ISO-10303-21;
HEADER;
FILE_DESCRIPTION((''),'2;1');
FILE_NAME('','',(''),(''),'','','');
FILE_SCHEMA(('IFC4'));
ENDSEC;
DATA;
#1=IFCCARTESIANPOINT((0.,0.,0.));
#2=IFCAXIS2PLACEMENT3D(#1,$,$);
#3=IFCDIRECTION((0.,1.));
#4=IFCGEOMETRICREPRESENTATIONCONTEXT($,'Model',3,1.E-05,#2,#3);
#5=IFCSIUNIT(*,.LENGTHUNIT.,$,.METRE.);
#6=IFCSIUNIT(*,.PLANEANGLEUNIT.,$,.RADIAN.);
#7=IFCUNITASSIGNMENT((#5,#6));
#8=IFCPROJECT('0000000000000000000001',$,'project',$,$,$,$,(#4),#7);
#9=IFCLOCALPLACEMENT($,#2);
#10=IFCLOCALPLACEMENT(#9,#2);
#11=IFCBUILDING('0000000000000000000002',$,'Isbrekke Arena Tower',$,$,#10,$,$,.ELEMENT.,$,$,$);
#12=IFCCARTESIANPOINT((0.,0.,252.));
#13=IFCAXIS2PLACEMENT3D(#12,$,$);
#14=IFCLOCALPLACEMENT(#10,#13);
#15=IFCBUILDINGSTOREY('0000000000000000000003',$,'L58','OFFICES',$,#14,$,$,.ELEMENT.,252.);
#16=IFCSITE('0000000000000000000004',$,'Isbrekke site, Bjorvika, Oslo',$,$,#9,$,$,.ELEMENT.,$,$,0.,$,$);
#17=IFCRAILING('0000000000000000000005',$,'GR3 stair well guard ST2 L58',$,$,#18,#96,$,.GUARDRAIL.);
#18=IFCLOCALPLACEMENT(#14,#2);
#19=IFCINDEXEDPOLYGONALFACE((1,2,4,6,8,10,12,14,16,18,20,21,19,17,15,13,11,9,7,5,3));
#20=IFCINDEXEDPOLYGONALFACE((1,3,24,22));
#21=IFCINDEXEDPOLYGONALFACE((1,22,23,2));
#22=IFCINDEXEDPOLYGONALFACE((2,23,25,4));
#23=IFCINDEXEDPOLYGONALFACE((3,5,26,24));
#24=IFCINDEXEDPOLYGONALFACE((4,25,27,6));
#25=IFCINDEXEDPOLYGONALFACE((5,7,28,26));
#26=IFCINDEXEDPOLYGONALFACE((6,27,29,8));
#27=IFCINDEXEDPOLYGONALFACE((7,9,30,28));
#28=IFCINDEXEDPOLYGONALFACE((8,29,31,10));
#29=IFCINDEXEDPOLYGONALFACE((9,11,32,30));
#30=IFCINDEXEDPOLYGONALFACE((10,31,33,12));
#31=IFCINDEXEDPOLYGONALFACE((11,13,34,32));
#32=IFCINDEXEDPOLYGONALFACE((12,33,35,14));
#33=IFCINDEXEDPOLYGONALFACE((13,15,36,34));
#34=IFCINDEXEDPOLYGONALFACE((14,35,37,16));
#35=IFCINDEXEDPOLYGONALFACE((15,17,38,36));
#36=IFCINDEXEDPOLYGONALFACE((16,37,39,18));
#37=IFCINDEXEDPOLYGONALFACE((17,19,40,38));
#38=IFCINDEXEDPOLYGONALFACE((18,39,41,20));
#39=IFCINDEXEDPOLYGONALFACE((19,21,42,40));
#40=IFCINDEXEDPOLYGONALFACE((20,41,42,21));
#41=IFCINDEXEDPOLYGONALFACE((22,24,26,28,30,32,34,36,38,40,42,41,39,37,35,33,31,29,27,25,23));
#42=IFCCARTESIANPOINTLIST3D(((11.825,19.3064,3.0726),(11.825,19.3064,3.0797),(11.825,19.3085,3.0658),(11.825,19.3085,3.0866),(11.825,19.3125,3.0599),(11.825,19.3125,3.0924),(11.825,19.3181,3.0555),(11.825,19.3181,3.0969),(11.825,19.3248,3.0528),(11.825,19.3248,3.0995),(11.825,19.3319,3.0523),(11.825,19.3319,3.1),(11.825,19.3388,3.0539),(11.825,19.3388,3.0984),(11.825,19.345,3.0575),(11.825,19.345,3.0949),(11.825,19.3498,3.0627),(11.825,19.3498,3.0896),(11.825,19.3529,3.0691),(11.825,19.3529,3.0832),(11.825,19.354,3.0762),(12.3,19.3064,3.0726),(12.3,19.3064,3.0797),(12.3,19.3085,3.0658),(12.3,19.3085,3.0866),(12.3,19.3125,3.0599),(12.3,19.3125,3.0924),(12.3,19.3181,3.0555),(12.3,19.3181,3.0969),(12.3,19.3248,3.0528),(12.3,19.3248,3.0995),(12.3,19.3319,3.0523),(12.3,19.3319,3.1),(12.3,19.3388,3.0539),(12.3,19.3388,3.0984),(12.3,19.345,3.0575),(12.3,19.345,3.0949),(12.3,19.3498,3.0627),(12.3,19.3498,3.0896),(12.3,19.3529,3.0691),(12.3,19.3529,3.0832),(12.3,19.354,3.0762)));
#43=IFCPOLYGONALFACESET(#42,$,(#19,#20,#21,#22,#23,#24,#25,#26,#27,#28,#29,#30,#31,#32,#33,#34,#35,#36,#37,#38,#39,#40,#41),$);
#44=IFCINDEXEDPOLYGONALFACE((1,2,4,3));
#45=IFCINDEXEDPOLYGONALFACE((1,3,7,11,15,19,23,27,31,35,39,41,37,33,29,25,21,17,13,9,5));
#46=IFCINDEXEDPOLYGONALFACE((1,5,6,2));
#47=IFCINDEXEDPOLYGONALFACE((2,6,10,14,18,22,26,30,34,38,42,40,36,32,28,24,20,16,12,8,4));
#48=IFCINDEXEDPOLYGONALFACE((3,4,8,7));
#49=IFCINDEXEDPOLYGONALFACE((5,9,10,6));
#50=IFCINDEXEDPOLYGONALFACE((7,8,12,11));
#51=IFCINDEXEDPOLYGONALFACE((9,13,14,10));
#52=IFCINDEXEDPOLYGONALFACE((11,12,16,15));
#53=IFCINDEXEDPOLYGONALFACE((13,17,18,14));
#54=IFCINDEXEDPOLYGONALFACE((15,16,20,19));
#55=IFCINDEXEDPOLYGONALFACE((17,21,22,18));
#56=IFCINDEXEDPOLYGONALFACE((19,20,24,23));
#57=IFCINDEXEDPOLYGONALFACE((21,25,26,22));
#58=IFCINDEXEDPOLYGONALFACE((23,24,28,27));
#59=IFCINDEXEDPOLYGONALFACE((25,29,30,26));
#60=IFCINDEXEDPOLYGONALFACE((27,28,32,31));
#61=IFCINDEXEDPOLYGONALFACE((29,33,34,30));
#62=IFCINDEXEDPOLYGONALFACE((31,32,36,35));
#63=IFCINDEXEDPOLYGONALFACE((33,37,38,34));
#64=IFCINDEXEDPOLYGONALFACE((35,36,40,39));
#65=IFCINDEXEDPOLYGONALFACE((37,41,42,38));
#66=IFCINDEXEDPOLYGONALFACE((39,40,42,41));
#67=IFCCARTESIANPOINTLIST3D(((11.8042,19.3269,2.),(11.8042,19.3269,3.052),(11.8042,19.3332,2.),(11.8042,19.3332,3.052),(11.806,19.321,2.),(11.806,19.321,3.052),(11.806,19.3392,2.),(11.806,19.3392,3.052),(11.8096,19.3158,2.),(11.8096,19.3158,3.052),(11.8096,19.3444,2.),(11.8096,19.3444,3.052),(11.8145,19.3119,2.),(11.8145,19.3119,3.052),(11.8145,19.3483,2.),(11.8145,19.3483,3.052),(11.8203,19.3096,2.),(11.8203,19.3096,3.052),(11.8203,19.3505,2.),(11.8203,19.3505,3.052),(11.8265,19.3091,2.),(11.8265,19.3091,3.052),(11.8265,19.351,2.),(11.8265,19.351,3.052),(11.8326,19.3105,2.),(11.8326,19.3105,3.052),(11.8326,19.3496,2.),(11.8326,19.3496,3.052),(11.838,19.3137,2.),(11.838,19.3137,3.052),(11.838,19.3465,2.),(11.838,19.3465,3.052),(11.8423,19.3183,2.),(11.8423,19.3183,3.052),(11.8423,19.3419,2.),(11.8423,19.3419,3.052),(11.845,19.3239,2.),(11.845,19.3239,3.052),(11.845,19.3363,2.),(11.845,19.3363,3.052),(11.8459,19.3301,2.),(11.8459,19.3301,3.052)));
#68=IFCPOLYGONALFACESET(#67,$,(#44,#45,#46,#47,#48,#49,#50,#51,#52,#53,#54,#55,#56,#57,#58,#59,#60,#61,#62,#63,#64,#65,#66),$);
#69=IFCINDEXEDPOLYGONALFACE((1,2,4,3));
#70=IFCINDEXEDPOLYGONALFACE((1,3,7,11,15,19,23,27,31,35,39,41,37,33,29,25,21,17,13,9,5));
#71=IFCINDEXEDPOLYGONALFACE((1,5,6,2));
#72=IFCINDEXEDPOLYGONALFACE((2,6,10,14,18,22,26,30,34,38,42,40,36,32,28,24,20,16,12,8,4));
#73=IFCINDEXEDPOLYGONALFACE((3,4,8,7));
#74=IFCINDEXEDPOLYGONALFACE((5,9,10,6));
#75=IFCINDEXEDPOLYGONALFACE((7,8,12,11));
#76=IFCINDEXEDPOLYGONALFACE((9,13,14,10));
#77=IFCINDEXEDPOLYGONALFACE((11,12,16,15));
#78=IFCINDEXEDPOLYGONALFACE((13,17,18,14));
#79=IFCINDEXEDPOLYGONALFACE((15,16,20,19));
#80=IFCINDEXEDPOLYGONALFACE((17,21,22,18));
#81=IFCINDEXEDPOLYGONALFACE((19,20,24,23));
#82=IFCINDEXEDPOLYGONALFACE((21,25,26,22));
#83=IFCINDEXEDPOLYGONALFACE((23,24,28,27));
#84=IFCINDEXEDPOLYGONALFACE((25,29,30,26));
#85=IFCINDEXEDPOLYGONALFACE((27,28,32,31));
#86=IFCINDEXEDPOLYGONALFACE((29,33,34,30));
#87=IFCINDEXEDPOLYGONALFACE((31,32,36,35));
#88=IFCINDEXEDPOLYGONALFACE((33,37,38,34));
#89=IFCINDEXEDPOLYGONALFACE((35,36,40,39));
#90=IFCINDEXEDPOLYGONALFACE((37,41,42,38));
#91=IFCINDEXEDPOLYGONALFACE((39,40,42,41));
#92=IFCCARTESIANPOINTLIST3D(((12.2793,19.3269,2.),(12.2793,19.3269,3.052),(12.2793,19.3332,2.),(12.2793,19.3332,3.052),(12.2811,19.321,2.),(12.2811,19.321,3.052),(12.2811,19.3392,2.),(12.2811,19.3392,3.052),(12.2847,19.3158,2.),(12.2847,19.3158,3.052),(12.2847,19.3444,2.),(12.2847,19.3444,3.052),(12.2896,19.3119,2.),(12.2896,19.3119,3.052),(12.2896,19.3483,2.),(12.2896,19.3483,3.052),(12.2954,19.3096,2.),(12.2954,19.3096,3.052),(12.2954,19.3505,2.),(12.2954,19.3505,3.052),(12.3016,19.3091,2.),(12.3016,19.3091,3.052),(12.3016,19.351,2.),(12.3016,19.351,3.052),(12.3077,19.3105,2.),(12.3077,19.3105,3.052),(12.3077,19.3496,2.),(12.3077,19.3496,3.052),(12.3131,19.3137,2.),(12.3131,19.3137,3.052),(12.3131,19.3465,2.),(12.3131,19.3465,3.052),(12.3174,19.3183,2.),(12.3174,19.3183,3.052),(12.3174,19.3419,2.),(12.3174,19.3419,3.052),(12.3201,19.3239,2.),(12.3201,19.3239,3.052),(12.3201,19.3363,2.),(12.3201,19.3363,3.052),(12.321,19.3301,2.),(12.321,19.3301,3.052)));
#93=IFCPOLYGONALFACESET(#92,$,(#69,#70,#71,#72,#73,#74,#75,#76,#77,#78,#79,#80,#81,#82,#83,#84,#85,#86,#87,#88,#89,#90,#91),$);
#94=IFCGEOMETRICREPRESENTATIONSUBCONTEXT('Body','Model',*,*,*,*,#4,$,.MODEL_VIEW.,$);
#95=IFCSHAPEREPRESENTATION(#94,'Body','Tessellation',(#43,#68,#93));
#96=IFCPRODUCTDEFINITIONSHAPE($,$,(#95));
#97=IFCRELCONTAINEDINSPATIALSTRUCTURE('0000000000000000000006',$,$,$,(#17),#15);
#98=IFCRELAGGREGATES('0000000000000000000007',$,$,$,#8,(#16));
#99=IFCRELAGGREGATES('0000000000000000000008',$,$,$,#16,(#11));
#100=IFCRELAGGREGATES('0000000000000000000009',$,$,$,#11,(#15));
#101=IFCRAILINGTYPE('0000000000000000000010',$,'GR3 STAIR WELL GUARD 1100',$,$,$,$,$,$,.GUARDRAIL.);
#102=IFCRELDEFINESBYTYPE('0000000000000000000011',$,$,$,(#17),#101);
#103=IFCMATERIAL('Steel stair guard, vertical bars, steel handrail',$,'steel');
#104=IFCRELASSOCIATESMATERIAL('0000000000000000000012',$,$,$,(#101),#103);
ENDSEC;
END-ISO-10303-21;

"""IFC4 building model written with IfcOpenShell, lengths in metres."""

from ifc_helpers import new_model, si_unit, direction, frame, origin, origin_2d, place, context, subcontext, project, spatial, circle, extrude, material, type_object, element, save


model = new_model("IFC4")

# Units and contexts
model_context = context("Model", 3, precision=1e-05, world=origin(), true_north=direction((0.0, 1.0)))
body_context = subcontext(model_context, "Body", "Model", "MODEL_VIEW")
ifc_project = project(units=[si_unit("LENGTHUNIT", "METRE"), si_unit("PLANEANGLEUNIT", "RADIAN")], contexts=[model_context])

# Site, building, storey
site_placement = place(None, origin())
site = spatial("IfcSite", under=ifc_project, at=site_placement, Name="Isbrekke site, Bjorvika, Oslo", CompositionType="ELEMENT", RefElevation=0.0)
building_placement = place(site_placement, origin())
building = spatial("IfcBuilding", under=site, at=building_placement, Name="Isbrekke Arena Tower", CompositionType="ELEMENT")
storey_placement = place(building_placement, frame((0.0, 0.0, 252.0)))
storey = spatial("IfcBuildingStorey", under=building, at=storey_placement, Name="L58", Description="OFFICES", CompositionType="ELEMENT", Elevation=252.0)

# Railing
ifc_material_1 = material(Name="Steel stair guard, vertical bars, steel handrail", Category="steel")
railing_type = type_object("IfcRailingType", Name="GR3 STAIR WELL GUARD 1100", PredefinedType="GUARDRAIL", material=ifc_material_1)
for number, where, name in (
    (1, (11.825, 19.3301, 2.0), "GR3 stair well guard ST2 L58"),
):
    element("IfcRailing", number, at=place(storey_placement, frame(where)), inside=storey, type_object=railing_type, Name=name, PredefinedType="GUARDRAIL", context=body_context, shape_type="SweptSolid", body=[
        extrude(circle(Radius=0.0239, at=origin_2d()), frame((0.0, 0.0, 1.0762), z_axis=(1.0, 0.0, 0.0), x_axis=(0.0, 1.0, 0.0)), (0.0, 0.0, 1.0), 0.4751),
        extrude(circle(Radius=0.021, at=origin_2d()), origin(), (0.0, 0.0, 1.0), 1.052),
        extrude(circle(Radius=0.021, at=origin_2d()), frame((0.4751, 0.0, 0.0)), (0.0, 0.0, 1.0), 1.052),
    ])

save(model, "model.ifc")
